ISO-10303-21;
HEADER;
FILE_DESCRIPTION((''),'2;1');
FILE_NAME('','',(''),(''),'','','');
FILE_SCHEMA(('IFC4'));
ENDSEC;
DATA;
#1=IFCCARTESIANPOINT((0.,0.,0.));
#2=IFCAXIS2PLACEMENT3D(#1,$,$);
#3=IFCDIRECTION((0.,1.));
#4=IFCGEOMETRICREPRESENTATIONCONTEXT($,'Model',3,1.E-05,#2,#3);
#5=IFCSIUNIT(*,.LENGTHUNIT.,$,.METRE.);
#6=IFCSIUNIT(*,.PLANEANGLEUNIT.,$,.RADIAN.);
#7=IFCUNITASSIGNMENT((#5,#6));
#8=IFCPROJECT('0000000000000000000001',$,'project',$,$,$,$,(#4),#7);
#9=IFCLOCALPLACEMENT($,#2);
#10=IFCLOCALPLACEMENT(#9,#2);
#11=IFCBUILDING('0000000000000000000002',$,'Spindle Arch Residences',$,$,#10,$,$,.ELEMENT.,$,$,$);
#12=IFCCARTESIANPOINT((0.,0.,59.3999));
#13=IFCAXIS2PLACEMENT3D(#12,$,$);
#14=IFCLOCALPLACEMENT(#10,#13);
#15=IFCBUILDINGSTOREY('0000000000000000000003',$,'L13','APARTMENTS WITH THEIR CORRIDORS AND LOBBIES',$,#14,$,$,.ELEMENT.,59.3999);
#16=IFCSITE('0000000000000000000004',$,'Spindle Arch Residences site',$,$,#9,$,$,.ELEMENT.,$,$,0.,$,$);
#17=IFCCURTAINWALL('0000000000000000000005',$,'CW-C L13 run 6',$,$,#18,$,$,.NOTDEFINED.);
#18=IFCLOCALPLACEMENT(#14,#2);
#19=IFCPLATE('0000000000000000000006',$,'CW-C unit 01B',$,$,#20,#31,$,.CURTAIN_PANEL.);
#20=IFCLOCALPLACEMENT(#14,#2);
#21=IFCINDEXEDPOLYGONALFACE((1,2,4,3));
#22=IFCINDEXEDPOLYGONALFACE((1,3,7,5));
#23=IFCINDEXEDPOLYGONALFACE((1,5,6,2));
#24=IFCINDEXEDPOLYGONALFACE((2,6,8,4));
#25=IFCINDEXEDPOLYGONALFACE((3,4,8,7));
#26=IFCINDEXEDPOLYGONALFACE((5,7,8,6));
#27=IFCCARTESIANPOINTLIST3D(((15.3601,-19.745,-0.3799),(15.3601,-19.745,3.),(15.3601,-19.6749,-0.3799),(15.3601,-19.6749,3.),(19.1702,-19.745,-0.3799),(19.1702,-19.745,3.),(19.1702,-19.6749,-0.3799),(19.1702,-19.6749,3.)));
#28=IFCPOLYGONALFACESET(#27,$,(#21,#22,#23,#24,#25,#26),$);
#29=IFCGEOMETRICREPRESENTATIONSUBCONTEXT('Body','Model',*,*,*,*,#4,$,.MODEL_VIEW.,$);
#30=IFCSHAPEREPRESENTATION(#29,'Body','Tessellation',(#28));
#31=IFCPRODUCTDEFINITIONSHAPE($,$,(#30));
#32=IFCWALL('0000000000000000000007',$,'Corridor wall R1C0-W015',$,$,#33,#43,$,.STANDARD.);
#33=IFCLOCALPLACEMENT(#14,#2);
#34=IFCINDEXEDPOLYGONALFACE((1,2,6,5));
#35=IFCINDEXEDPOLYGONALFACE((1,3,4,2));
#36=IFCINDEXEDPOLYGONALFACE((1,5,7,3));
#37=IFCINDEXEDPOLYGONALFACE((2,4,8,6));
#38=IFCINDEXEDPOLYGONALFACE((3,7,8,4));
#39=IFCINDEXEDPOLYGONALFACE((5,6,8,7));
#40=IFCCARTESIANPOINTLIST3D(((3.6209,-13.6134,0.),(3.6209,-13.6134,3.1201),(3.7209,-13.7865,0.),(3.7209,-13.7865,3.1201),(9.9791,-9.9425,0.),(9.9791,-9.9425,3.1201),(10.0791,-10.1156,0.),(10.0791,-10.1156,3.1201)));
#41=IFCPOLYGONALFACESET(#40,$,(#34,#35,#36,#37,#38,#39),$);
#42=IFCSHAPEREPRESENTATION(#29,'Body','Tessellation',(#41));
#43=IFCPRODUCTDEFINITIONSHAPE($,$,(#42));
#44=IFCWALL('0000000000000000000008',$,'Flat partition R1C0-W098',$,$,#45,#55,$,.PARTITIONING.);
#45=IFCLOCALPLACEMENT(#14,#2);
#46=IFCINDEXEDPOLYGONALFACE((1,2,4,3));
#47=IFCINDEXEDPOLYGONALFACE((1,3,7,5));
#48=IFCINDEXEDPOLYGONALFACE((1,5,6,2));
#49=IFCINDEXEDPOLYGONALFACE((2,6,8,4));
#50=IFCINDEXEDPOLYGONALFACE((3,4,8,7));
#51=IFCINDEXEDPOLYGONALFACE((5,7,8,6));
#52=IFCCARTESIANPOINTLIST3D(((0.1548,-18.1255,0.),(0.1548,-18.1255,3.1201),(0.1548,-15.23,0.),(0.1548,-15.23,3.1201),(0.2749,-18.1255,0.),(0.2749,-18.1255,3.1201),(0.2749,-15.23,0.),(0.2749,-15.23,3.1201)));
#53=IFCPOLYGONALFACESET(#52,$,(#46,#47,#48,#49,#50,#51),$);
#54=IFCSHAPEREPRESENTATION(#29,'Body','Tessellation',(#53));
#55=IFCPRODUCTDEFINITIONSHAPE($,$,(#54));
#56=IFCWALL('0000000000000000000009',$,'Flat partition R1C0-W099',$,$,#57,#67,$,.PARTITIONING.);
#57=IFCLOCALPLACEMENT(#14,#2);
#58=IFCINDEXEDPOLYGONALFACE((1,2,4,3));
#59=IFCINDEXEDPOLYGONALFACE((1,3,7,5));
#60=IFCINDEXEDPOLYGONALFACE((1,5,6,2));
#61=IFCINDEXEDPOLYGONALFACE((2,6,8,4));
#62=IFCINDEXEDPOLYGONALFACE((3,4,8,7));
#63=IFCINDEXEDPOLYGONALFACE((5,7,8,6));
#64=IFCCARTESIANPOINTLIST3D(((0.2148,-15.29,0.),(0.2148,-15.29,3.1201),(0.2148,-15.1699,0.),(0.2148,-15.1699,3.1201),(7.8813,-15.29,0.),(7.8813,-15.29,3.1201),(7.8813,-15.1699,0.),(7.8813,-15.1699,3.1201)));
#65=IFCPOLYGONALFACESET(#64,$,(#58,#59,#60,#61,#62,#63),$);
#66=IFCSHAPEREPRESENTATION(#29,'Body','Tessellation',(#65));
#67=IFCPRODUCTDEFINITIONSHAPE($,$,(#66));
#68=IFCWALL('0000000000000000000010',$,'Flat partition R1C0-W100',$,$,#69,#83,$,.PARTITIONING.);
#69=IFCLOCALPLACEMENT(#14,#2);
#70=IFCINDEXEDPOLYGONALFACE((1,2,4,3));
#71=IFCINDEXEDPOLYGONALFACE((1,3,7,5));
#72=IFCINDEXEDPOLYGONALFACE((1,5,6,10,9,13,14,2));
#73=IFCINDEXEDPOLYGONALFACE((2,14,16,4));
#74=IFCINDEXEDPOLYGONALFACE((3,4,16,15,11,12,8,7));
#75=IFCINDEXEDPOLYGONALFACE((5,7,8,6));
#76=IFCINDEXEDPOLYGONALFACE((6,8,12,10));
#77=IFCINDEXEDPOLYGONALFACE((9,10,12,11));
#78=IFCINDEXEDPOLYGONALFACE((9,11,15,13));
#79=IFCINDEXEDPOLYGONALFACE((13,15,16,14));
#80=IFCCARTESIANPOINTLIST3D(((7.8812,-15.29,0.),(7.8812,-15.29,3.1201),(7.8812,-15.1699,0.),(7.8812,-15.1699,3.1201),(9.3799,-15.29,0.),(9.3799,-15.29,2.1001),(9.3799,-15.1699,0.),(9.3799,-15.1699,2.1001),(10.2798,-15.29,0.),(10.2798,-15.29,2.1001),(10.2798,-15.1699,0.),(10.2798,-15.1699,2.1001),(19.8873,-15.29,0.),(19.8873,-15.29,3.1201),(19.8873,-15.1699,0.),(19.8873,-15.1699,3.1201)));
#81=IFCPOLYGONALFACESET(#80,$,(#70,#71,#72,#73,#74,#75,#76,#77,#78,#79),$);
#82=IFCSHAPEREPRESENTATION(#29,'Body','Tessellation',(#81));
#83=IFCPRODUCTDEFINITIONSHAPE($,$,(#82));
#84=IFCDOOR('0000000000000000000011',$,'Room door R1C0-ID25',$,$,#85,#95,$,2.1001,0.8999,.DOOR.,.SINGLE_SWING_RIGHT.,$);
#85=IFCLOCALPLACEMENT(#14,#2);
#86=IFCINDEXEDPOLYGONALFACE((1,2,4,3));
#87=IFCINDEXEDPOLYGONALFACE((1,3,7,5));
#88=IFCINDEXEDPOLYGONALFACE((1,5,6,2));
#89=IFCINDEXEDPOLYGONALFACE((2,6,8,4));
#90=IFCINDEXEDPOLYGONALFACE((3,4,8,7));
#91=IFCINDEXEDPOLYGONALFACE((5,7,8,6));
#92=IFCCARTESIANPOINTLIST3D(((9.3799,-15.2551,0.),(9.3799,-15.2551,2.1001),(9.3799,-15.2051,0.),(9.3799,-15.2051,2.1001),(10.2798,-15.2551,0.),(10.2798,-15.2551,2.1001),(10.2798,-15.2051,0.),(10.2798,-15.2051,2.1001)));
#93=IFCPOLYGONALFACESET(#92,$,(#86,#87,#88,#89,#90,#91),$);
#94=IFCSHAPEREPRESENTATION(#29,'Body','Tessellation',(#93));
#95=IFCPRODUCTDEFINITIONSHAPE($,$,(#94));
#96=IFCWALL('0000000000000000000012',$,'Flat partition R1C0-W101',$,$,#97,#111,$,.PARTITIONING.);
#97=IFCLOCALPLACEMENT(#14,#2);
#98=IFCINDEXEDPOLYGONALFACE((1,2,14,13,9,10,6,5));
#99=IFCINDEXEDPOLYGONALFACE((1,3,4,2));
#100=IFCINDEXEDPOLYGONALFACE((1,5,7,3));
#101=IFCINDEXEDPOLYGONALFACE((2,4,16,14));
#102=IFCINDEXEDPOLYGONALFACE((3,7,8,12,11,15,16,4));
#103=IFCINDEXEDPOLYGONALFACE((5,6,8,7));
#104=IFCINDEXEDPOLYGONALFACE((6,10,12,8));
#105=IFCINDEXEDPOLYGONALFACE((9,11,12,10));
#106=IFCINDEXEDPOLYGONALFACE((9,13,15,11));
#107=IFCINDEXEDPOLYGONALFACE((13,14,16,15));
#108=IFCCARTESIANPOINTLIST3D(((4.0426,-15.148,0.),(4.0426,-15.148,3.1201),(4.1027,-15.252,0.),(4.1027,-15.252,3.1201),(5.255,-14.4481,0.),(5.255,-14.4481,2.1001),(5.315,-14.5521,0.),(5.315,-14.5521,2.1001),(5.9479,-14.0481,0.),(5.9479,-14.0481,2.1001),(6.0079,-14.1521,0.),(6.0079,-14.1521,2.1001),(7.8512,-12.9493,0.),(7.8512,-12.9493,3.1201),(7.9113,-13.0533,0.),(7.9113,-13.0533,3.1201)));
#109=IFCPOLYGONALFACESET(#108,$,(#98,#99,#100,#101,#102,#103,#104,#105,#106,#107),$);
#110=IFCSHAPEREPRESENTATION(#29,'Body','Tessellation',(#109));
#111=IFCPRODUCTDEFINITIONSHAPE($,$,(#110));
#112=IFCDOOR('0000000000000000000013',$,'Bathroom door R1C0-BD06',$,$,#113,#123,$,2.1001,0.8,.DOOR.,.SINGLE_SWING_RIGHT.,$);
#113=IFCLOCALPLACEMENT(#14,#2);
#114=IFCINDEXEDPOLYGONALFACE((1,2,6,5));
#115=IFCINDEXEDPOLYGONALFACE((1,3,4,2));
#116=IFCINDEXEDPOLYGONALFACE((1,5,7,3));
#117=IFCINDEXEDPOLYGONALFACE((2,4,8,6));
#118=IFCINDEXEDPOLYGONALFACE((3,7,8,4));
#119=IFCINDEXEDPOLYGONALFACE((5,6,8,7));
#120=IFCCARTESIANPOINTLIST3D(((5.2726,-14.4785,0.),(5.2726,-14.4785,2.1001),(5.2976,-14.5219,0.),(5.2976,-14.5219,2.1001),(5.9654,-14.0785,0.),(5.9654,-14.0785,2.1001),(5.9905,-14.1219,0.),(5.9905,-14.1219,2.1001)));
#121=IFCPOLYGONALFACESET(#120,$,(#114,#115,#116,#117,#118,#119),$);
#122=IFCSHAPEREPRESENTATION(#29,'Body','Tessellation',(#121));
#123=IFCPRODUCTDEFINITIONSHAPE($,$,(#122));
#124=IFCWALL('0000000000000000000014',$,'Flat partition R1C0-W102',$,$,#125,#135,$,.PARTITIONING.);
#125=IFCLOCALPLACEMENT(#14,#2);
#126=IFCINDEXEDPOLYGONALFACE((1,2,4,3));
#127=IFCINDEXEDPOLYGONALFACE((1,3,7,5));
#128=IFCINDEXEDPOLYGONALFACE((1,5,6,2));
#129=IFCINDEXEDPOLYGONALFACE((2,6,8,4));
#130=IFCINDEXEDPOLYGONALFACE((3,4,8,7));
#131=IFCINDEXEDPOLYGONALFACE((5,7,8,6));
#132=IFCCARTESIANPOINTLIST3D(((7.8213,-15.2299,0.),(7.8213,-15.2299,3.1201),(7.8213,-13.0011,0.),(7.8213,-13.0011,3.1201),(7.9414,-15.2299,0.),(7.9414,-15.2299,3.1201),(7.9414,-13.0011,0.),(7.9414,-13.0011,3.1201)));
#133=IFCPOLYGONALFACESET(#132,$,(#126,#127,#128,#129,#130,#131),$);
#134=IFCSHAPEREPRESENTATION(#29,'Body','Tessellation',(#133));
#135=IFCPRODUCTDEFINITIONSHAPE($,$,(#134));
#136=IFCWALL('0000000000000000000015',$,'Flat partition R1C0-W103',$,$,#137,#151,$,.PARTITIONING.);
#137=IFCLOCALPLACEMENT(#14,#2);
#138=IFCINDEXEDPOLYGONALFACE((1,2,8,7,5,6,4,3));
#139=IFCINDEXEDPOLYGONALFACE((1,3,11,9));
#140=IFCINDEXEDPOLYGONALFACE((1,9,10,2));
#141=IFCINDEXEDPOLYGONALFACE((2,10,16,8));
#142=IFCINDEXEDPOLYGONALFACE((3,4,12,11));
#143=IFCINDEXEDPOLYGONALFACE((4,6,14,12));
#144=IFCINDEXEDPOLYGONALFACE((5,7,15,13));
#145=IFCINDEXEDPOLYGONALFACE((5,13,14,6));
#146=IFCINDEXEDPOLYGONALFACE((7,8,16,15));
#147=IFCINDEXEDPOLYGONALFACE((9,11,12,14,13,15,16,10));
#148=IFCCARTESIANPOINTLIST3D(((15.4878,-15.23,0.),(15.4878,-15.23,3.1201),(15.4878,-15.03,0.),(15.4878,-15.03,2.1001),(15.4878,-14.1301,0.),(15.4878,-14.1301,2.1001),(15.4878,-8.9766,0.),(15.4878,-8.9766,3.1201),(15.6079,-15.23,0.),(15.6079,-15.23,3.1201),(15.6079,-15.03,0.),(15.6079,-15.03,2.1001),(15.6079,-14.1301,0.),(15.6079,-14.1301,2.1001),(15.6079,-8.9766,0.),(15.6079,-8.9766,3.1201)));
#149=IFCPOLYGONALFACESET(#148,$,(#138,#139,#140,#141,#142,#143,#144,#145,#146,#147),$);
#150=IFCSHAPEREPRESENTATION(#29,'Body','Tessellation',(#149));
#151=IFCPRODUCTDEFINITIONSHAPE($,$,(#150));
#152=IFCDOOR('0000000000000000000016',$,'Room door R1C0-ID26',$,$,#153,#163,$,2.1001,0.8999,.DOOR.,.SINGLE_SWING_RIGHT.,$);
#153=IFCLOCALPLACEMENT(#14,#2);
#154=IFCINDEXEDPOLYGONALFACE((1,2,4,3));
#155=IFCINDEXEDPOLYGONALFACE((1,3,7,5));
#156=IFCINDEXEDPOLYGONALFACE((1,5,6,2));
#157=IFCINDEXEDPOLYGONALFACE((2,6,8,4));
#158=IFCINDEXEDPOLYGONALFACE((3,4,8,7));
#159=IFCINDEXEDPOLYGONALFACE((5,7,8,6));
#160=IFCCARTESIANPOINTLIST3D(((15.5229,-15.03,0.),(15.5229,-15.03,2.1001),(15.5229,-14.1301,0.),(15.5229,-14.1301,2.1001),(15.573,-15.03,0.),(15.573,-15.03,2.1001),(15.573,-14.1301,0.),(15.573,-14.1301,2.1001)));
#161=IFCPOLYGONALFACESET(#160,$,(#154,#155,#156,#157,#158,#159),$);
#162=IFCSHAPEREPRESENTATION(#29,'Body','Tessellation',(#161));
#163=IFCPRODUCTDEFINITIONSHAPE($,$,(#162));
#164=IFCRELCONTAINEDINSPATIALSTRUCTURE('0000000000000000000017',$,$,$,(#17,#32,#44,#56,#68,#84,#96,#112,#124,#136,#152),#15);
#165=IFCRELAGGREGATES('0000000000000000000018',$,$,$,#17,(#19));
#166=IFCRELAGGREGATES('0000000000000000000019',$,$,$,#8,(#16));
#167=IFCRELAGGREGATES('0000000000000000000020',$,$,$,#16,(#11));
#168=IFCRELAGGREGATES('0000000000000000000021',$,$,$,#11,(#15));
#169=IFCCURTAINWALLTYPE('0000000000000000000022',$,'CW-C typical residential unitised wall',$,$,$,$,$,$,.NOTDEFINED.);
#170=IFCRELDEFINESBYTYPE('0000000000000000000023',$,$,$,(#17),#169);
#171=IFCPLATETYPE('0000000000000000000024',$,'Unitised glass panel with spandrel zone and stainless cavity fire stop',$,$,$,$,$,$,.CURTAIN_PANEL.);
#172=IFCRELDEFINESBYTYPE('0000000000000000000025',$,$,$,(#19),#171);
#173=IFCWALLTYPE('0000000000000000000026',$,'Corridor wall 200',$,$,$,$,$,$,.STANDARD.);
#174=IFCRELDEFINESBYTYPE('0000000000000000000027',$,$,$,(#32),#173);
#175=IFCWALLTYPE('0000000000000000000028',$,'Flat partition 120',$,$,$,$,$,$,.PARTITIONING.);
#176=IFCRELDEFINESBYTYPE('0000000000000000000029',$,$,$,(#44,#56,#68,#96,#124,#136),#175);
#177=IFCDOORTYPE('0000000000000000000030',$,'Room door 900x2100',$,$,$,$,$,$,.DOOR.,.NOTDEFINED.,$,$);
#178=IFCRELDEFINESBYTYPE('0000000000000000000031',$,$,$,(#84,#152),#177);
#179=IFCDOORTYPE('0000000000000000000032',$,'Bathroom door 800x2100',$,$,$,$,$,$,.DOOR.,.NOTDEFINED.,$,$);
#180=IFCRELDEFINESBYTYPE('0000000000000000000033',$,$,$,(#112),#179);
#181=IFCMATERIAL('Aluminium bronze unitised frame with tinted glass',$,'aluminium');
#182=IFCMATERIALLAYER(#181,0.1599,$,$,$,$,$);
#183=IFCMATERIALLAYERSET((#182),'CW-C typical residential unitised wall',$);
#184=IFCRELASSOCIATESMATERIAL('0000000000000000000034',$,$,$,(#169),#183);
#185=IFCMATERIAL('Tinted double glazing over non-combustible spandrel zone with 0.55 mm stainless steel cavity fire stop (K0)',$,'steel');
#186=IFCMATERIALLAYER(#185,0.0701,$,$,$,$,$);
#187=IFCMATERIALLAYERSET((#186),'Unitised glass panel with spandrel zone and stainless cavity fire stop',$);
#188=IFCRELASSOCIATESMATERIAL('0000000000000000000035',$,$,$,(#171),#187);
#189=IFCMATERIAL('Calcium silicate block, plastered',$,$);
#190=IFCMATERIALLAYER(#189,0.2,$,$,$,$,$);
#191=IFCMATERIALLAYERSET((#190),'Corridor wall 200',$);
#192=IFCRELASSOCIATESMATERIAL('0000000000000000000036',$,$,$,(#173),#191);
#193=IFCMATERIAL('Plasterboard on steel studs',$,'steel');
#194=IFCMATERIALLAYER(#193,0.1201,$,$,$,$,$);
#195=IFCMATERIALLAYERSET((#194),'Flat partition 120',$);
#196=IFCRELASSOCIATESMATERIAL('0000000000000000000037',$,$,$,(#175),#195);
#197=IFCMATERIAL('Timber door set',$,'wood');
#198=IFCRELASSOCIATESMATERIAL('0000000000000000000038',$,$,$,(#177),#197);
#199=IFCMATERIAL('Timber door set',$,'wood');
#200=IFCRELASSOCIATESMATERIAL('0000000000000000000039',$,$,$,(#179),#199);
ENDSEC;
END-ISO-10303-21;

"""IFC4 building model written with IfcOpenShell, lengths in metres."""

from ifc_helpers import new_model, si_unit, direction, frame, frame_2d, origin, origin_2d, place, context, subcontext, project, spatial, rectangle, extrude, material, layer, layer_set, type_object, element, fill, aggregate, save


model = new_model("IFC4")

# Units and contexts
model_context = context("Model", 3, precision=1e-05, world=origin(), true_north=direction((0.0, 1.0)))
body_context = subcontext(model_context, "Body", "Model", "MODEL_VIEW")
ifc_project = project(units=[si_unit("LENGTHUNIT", "METRE"), si_unit("PLANEANGLEUNIT", "RADIAN")], contexts=[model_context])

# Site, building, storey
site_placement = place(None, origin())
site = spatial("IfcSite", under=ifc_project, at=site_placement, Name="Spindle Arch Residences site", CompositionType="ELEMENT", RefElevation=0.0)
building_placement = place(site_placement, origin())
building = spatial("IfcBuilding", under=site, at=building_placement, Name="Spindle Arch Residences", CompositionType="ELEMENT")
storey_placement = place(building_placement, frame((0.0, 0.0, 59.3999)))
storey = spatial("IfcBuildingStorey", under=building, at=storey_placement, Name="L13", Description="APARTMENTS WITH THEIR CORRIDORS AND LOBBIES", CompositionType="ELEMENT", Elevation=59.3999)

# Curtain wall
ifc_material_1 = material(Name="Aluminium bronze unitised frame with tinted glass", Category="aluminium")
ifc_layer_1 = layer(ifc_material_1, 0.1599)
ifc_layer_set_1 = layer_set([ifc_layer_1], Name="CW-C typical residential unitised wall")
curtain_wall_type = type_object("IfcCurtainWallType", Name="CW-C typical residential unitised wall", PredefinedType="NOTDEFINED", material=ifc_layer_set_1)
curtain_wall_placement = place(storey_placement, origin())
curtain_wall = element("IfcCurtainWall", 1, at=curtain_wall_placement, inside=storey, type_object=curtain_wall_type, Name="CW-C L13 run 6", PredefinedType="NOTDEFINED")

# Plate
ifc_material_2 = material(Name="Tinted double glazing over non-combustible spandrel zone with 0.55 mm stainless steel cavity fire stop (K0)", Category="steel")
ifc_layer_2 = layer(ifc_material_2, 0.0701)
ifc_layer_set_2 = layer_set([ifc_layer_2], Name="Unitised glass panel with spandrel zone and stainless cavity fire stop")
plate_type = type_object("IfcPlateType", Name="Unitised glass panel with spandrel zone and stainless cavity fire stop", PredefinedType="CURTAIN_PANEL", material=ifc_layer_set_2)
plate_1_placement = place(storey_placement, frame((17.2651, -19.71, -0.3799), z_axis=(0.0, 0.0, 1.0), x_axis=(1.0, 0.0, 0.0)))
plate_1 = element("IfcPlate", 2, at=plate_1_placement, type_object=plate_type, Name="CW-C unit 01B", PredefinedType="CURTAIN_PANEL", context=body_context, shape_type="SweptSolid", body=[
    extrude(rectangle(XDim=3.8101, YDim=0.0701, at=origin_2d()), origin(), (0.0, 0.0, 1.0), 3.3799),
])
aggregate(curtain_wall, [plate_1])

# Walls
ifc_material_3 = material(Name="Calcium silicate block, plastered")
ifc_layer_3 = layer(ifc_material_3, 0.2)
ifc_layer_set_3 = layer_set([ifc_layer_3], Name="Corridor wall 200")
wall_type_1 = type_object("IfcWallType", Name="Corridor wall 200", PredefinedType="STANDARD", material=ifc_layer_set_3)
wall_1_placement = place(storey_placement, frame((3.6709, -13.7, 0.0), z_axis=(0.0, 0.0, 1.0), x_axis=(0.866024, 0.500002, 0.0)))
element("IfcWall", 3, at=wall_1_placement, inside=storey, type_object=wall_type_1, Name="Corridor wall R1C0-W015", PredefinedType="STANDARD", context=body_context, shape_type="SweptSolid", body=[
    extrude(rectangle(XDim=7.3418, YDim=0.2, at=frame_2d((3.6709, 0.0))), origin(), (0.0, 0.0, 1.0), 3.1201),
])
ifc_material_4 = material(Name="Plasterboard on steel studs", Category="steel")
ifc_layer_4 = layer(ifc_material_4, 0.1201)
ifc_layer_set_4 = layer_set([ifc_layer_4], Name="Flat partition 120")
wall_type_2 = type_object("IfcWallType", Name="Flat partition 120", PredefinedType="PARTITIONING", material=ifc_layer_set_4)
wall_2_placement = place(storey_placement, frame((0.2148, -18.1255, 0.0), z_axis=(0.0, 0.0, 1.0), x_axis=(0.0, 1.0, 0.0)))
element("IfcWall", 4, at=wall_2_placement, inside=storey, type_object=wall_type_2, Name="Flat partition R1C0-W098", PredefinedType="PARTITIONING", context=body_context, shape_type="SweptSolid", body=[
    extrude(rectangle(XDim=2.8955, YDim=0.1201, at=frame_2d((1.4478, 0.0))), origin(), (0.0, 0.0, 1.0), 3.1201),
])
wall_3_placement = place(storey_placement, frame((0.2148, -15.23, 0.0), z_axis=(0.0, 0.0, 1.0), x_axis=(1.0, 0.0, 0.0)))
element("IfcWall", 5, at=wall_3_placement, inside=storey, type_object=wall_type_2, Name="Flat partition R1C0-W099", PredefinedType="PARTITIONING", context=body_context, shape_type="SweptSolid", body=[
    extrude(rectangle(XDim=7.6665, YDim=0.1201, at=frame_2d((3.8333, 0.0))), origin(), (0.0, 0.0, 1.0), 3.1201),
])

# Walls, openings, doors
wall_4_placement = place(storey_placement, frame((7.8813, -15.23, 0.0), z_axis=(0.0, 0.0, 1.0), x_axis=(1.0, 0.0, 0.0)))
wall_4 = element("IfcWall", 6, at=wall_4_placement, inside=storey, type_object=wall_type_2, Name="Flat partition R1C0-W100", PredefinedType="PARTITIONING", context=body_context, shape_type="SweptSolid", body=[
    extrude(rectangle(XDim=12.0061, YDim=0.1201, at=frame_2d((6.0029, 0.0))), origin(), (0.0, 0.0, 1.0), 3.1201),
])
opening_1_placement = place(wall_4_placement, frame((1.4985, 0.0, 0.0)))
opening_1 = element("IfcOpeningElement", 7, at=opening_1_placement, cuts=wall_4, PredefinedType="OPENING", context=body_context, shape_type="SweptSolid", body=[
    extrude(rectangle(XDim=0.8999, YDim=2.1001, at=frame_2d((0.45, 1.05))), frame((0.0, 0.0701, 0.0), z_axis=(0.0, -1.0, 0.0), x_axis=(1.0, 0.0, 0.0)), (0.0, 0.0, 1.0), 0.1401),
])
ifc_material_5 = material(Name="Timber door set", Category="wood")
door_type_1 = type_object("IfcDoorType", Name="Room door 900x2100", OperationType="NOTDEFINED", PredefinedType="DOOR", material=ifc_material_5)
door_1_placement = place(opening_1_placement, origin())
door_1 = element("IfcDoor", 8, at=door_1_placement, inside=storey, type_object=door_type_1, Name="Room door R1C0-ID25", OperationType="SINGLE_SWING_RIGHT", OverallHeight=2.1001, OverallWidth=0.8999, PredefinedType="DOOR", context=body_context, shape_type="SweptSolid", body=[
    extrude(rectangle(XDim=0.8999, YDim=2.1001, at=frame_2d((0.45, 1.05))), frame((0.0, 0.0249, 0.0), z_axis=(0.0, -1.0, 0.0), x_axis=(1.0, 0.0, 0.0)), (0.0, 0.0, 1.0), 0.05),
])
fill(opening_1, door_1)
wall_5_placement = place(storey_placement, frame((4.0728, -15.2, 0.0), z_axis=(0.0, 0.0, 1.0), x_axis=(0.866041, 0.499972, 0.0)))
wall_5 = element("IfcWall", 9, at=wall_5_placement, inside=storey, type_object=wall_type_2, Name="Flat partition R1C0-W101", PredefinedType="PARTITIONING", context=body_context, shape_type="SweptSolid", body=[
    extrude(rectangle(XDim=4.3977, YDim=0.1201, at=frame_2d((2.1987, 0.0))), origin(), (0.0, 0.0, 1.0), 3.1201),
])
opening_2_placement = place(wall_5_placement, frame((1.3999, 0.0, 0.0)))
opening_2 = element("IfcOpeningElement", 10, at=opening_2_placement, cuts=wall_5, PredefinedType="OPENING", context=body_context, shape_type="SweptSolid", body=[
    extrude(rectangle(XDim=0.8, YDim=2.1001, at=frame_2d((0.3999, 1.05))), frame((0.0, 0.0701, 0.0), z_axis=(0.0, -1.0, 0.0), x_axis=(1.0, 0.0, 0.0)), (0.0, 0.0, 1.0), 0.1401),
])
ifc_material_6 = material(Name="Timber door set", Category="wood")
door_type_2 = type_object("IfcDoorType", Name="Bathroom door 800x2100", OperationType="NOTDEFINED", PredefinedType="DOOR", material=ifc_material_6)
door_2_placement = place(opening_2_placement, origin())
door_2 = element("IfcDoor", 11, at=door_2_placement, inside=storey, type_object=door_type_2, Name="Bathroom door R1C0-BD06", OperationType="SINGLE_SWING_RIGHT", OverallHeight=2.1001, OverallWidth=0.8, PredefinedType="DOOR", context=body_context, shape_type="SweptSolid", body=[
    extrude(rectangle(XDim=0.8, YDim=2.1001, at=frame_2d((0.3999, 1.05))), frame((0.0, 0.0249, 0.0), z_axis=(0.0, -1.0, 0.0), x_axis=(1.0, 0.0, 0.0)), (0.0, 0.0, 1.0), 0.05),
])
fill(opening_2, door_2)

# Wall
wall_6_placement = place(storey_placement, frame((7.8813, -13.0012, 0.0), z_axis=(0.0, 0.0, 1.0), x_axis=(0.0, -1.0, 0.0)))
element("IfcWall", 12, at=wall_6_placement, inside=storey, type_object=wall_type_2, Name="Flat partition R1C0-W102", PredefinedType="PARTITIONING", context=body_context, shape_type="SweptSolid", body=[
    extrude(rectangle(XDim=2.2288, YDim=0.1201, at=frame_2d((1.1143, 0.0))), origin(), (0.0, 0.0, 1.0), 3.1201),
])

# Wall, opening, door
wall_7_placement = place(storey_placement, frame((15.5479, -15.23, 0.0), z_axis=(0.0, 0.0, 1.0), x_axis=(0.0, 1.0, 0.0)))
wall_7 = element("IfcWall", 13, at=wall_7_placement, inside=storey, type_object=wall_type_2, Name="Flat partition R1C0-W103", PredefinedType="PARTITIONING", context=body_context, shape_type="SweptSolid", body=[
    extrude(rectangle(XDim=6.2534, YDim=0.1201, at=frame_2d((3.1267, 0.0))), origin(), (0.0, 0.0, 1.0), 3.1201),
])
opening_3_placement = place(wall_7_placement, frame((0.2, 0.0, 0.0)))
opening_3 = element("IfcOpeningElement", 14, at=opening_3_placement, cuts=wall_7, PredefinedType="OPENING", context=body_context, shape_type="SweptSolid", body=[
    extrude(rectangle(XDim=0.8999, YDim=2.1001, at=frame_2d((0.45, 1.05))), frame((0.0, 0.0701, 0.0), z_axis=(0.0, -1.0, 0.0), x_axis=(1.0, 0.0, 0.0)), (0.0, 0.0, 1.0), 0.1401),
])
door_3_placement = place(opening_3_placement, origin())
door_3 = element("IfcDoor", 15, at=door_3_placement, inside=storey, type_object=door_type_1, Name="Room door R1C0-ID26", OperationType="SINGLE_SWING_RIGHT", OverallHeight=2.1001, OverallWidth=0.8999, PredefinedType="DOOR", context=body_context, shape_type="SweptSolid", body=[
    extrude(rectangle(XDim=0.8999, YDim=2.1001, at=frame_2d((0.45, 1.05))), frame((0.0, 0.0249, 0.0), z_axis=(0.0, -1.0, 0.0), x_axis=(1.0, 0.0, 0.0)), (0.0, 0.0, 1.0), 0.05),
])
fill(opening_3, door_3)

save(model, "model.ifc")
